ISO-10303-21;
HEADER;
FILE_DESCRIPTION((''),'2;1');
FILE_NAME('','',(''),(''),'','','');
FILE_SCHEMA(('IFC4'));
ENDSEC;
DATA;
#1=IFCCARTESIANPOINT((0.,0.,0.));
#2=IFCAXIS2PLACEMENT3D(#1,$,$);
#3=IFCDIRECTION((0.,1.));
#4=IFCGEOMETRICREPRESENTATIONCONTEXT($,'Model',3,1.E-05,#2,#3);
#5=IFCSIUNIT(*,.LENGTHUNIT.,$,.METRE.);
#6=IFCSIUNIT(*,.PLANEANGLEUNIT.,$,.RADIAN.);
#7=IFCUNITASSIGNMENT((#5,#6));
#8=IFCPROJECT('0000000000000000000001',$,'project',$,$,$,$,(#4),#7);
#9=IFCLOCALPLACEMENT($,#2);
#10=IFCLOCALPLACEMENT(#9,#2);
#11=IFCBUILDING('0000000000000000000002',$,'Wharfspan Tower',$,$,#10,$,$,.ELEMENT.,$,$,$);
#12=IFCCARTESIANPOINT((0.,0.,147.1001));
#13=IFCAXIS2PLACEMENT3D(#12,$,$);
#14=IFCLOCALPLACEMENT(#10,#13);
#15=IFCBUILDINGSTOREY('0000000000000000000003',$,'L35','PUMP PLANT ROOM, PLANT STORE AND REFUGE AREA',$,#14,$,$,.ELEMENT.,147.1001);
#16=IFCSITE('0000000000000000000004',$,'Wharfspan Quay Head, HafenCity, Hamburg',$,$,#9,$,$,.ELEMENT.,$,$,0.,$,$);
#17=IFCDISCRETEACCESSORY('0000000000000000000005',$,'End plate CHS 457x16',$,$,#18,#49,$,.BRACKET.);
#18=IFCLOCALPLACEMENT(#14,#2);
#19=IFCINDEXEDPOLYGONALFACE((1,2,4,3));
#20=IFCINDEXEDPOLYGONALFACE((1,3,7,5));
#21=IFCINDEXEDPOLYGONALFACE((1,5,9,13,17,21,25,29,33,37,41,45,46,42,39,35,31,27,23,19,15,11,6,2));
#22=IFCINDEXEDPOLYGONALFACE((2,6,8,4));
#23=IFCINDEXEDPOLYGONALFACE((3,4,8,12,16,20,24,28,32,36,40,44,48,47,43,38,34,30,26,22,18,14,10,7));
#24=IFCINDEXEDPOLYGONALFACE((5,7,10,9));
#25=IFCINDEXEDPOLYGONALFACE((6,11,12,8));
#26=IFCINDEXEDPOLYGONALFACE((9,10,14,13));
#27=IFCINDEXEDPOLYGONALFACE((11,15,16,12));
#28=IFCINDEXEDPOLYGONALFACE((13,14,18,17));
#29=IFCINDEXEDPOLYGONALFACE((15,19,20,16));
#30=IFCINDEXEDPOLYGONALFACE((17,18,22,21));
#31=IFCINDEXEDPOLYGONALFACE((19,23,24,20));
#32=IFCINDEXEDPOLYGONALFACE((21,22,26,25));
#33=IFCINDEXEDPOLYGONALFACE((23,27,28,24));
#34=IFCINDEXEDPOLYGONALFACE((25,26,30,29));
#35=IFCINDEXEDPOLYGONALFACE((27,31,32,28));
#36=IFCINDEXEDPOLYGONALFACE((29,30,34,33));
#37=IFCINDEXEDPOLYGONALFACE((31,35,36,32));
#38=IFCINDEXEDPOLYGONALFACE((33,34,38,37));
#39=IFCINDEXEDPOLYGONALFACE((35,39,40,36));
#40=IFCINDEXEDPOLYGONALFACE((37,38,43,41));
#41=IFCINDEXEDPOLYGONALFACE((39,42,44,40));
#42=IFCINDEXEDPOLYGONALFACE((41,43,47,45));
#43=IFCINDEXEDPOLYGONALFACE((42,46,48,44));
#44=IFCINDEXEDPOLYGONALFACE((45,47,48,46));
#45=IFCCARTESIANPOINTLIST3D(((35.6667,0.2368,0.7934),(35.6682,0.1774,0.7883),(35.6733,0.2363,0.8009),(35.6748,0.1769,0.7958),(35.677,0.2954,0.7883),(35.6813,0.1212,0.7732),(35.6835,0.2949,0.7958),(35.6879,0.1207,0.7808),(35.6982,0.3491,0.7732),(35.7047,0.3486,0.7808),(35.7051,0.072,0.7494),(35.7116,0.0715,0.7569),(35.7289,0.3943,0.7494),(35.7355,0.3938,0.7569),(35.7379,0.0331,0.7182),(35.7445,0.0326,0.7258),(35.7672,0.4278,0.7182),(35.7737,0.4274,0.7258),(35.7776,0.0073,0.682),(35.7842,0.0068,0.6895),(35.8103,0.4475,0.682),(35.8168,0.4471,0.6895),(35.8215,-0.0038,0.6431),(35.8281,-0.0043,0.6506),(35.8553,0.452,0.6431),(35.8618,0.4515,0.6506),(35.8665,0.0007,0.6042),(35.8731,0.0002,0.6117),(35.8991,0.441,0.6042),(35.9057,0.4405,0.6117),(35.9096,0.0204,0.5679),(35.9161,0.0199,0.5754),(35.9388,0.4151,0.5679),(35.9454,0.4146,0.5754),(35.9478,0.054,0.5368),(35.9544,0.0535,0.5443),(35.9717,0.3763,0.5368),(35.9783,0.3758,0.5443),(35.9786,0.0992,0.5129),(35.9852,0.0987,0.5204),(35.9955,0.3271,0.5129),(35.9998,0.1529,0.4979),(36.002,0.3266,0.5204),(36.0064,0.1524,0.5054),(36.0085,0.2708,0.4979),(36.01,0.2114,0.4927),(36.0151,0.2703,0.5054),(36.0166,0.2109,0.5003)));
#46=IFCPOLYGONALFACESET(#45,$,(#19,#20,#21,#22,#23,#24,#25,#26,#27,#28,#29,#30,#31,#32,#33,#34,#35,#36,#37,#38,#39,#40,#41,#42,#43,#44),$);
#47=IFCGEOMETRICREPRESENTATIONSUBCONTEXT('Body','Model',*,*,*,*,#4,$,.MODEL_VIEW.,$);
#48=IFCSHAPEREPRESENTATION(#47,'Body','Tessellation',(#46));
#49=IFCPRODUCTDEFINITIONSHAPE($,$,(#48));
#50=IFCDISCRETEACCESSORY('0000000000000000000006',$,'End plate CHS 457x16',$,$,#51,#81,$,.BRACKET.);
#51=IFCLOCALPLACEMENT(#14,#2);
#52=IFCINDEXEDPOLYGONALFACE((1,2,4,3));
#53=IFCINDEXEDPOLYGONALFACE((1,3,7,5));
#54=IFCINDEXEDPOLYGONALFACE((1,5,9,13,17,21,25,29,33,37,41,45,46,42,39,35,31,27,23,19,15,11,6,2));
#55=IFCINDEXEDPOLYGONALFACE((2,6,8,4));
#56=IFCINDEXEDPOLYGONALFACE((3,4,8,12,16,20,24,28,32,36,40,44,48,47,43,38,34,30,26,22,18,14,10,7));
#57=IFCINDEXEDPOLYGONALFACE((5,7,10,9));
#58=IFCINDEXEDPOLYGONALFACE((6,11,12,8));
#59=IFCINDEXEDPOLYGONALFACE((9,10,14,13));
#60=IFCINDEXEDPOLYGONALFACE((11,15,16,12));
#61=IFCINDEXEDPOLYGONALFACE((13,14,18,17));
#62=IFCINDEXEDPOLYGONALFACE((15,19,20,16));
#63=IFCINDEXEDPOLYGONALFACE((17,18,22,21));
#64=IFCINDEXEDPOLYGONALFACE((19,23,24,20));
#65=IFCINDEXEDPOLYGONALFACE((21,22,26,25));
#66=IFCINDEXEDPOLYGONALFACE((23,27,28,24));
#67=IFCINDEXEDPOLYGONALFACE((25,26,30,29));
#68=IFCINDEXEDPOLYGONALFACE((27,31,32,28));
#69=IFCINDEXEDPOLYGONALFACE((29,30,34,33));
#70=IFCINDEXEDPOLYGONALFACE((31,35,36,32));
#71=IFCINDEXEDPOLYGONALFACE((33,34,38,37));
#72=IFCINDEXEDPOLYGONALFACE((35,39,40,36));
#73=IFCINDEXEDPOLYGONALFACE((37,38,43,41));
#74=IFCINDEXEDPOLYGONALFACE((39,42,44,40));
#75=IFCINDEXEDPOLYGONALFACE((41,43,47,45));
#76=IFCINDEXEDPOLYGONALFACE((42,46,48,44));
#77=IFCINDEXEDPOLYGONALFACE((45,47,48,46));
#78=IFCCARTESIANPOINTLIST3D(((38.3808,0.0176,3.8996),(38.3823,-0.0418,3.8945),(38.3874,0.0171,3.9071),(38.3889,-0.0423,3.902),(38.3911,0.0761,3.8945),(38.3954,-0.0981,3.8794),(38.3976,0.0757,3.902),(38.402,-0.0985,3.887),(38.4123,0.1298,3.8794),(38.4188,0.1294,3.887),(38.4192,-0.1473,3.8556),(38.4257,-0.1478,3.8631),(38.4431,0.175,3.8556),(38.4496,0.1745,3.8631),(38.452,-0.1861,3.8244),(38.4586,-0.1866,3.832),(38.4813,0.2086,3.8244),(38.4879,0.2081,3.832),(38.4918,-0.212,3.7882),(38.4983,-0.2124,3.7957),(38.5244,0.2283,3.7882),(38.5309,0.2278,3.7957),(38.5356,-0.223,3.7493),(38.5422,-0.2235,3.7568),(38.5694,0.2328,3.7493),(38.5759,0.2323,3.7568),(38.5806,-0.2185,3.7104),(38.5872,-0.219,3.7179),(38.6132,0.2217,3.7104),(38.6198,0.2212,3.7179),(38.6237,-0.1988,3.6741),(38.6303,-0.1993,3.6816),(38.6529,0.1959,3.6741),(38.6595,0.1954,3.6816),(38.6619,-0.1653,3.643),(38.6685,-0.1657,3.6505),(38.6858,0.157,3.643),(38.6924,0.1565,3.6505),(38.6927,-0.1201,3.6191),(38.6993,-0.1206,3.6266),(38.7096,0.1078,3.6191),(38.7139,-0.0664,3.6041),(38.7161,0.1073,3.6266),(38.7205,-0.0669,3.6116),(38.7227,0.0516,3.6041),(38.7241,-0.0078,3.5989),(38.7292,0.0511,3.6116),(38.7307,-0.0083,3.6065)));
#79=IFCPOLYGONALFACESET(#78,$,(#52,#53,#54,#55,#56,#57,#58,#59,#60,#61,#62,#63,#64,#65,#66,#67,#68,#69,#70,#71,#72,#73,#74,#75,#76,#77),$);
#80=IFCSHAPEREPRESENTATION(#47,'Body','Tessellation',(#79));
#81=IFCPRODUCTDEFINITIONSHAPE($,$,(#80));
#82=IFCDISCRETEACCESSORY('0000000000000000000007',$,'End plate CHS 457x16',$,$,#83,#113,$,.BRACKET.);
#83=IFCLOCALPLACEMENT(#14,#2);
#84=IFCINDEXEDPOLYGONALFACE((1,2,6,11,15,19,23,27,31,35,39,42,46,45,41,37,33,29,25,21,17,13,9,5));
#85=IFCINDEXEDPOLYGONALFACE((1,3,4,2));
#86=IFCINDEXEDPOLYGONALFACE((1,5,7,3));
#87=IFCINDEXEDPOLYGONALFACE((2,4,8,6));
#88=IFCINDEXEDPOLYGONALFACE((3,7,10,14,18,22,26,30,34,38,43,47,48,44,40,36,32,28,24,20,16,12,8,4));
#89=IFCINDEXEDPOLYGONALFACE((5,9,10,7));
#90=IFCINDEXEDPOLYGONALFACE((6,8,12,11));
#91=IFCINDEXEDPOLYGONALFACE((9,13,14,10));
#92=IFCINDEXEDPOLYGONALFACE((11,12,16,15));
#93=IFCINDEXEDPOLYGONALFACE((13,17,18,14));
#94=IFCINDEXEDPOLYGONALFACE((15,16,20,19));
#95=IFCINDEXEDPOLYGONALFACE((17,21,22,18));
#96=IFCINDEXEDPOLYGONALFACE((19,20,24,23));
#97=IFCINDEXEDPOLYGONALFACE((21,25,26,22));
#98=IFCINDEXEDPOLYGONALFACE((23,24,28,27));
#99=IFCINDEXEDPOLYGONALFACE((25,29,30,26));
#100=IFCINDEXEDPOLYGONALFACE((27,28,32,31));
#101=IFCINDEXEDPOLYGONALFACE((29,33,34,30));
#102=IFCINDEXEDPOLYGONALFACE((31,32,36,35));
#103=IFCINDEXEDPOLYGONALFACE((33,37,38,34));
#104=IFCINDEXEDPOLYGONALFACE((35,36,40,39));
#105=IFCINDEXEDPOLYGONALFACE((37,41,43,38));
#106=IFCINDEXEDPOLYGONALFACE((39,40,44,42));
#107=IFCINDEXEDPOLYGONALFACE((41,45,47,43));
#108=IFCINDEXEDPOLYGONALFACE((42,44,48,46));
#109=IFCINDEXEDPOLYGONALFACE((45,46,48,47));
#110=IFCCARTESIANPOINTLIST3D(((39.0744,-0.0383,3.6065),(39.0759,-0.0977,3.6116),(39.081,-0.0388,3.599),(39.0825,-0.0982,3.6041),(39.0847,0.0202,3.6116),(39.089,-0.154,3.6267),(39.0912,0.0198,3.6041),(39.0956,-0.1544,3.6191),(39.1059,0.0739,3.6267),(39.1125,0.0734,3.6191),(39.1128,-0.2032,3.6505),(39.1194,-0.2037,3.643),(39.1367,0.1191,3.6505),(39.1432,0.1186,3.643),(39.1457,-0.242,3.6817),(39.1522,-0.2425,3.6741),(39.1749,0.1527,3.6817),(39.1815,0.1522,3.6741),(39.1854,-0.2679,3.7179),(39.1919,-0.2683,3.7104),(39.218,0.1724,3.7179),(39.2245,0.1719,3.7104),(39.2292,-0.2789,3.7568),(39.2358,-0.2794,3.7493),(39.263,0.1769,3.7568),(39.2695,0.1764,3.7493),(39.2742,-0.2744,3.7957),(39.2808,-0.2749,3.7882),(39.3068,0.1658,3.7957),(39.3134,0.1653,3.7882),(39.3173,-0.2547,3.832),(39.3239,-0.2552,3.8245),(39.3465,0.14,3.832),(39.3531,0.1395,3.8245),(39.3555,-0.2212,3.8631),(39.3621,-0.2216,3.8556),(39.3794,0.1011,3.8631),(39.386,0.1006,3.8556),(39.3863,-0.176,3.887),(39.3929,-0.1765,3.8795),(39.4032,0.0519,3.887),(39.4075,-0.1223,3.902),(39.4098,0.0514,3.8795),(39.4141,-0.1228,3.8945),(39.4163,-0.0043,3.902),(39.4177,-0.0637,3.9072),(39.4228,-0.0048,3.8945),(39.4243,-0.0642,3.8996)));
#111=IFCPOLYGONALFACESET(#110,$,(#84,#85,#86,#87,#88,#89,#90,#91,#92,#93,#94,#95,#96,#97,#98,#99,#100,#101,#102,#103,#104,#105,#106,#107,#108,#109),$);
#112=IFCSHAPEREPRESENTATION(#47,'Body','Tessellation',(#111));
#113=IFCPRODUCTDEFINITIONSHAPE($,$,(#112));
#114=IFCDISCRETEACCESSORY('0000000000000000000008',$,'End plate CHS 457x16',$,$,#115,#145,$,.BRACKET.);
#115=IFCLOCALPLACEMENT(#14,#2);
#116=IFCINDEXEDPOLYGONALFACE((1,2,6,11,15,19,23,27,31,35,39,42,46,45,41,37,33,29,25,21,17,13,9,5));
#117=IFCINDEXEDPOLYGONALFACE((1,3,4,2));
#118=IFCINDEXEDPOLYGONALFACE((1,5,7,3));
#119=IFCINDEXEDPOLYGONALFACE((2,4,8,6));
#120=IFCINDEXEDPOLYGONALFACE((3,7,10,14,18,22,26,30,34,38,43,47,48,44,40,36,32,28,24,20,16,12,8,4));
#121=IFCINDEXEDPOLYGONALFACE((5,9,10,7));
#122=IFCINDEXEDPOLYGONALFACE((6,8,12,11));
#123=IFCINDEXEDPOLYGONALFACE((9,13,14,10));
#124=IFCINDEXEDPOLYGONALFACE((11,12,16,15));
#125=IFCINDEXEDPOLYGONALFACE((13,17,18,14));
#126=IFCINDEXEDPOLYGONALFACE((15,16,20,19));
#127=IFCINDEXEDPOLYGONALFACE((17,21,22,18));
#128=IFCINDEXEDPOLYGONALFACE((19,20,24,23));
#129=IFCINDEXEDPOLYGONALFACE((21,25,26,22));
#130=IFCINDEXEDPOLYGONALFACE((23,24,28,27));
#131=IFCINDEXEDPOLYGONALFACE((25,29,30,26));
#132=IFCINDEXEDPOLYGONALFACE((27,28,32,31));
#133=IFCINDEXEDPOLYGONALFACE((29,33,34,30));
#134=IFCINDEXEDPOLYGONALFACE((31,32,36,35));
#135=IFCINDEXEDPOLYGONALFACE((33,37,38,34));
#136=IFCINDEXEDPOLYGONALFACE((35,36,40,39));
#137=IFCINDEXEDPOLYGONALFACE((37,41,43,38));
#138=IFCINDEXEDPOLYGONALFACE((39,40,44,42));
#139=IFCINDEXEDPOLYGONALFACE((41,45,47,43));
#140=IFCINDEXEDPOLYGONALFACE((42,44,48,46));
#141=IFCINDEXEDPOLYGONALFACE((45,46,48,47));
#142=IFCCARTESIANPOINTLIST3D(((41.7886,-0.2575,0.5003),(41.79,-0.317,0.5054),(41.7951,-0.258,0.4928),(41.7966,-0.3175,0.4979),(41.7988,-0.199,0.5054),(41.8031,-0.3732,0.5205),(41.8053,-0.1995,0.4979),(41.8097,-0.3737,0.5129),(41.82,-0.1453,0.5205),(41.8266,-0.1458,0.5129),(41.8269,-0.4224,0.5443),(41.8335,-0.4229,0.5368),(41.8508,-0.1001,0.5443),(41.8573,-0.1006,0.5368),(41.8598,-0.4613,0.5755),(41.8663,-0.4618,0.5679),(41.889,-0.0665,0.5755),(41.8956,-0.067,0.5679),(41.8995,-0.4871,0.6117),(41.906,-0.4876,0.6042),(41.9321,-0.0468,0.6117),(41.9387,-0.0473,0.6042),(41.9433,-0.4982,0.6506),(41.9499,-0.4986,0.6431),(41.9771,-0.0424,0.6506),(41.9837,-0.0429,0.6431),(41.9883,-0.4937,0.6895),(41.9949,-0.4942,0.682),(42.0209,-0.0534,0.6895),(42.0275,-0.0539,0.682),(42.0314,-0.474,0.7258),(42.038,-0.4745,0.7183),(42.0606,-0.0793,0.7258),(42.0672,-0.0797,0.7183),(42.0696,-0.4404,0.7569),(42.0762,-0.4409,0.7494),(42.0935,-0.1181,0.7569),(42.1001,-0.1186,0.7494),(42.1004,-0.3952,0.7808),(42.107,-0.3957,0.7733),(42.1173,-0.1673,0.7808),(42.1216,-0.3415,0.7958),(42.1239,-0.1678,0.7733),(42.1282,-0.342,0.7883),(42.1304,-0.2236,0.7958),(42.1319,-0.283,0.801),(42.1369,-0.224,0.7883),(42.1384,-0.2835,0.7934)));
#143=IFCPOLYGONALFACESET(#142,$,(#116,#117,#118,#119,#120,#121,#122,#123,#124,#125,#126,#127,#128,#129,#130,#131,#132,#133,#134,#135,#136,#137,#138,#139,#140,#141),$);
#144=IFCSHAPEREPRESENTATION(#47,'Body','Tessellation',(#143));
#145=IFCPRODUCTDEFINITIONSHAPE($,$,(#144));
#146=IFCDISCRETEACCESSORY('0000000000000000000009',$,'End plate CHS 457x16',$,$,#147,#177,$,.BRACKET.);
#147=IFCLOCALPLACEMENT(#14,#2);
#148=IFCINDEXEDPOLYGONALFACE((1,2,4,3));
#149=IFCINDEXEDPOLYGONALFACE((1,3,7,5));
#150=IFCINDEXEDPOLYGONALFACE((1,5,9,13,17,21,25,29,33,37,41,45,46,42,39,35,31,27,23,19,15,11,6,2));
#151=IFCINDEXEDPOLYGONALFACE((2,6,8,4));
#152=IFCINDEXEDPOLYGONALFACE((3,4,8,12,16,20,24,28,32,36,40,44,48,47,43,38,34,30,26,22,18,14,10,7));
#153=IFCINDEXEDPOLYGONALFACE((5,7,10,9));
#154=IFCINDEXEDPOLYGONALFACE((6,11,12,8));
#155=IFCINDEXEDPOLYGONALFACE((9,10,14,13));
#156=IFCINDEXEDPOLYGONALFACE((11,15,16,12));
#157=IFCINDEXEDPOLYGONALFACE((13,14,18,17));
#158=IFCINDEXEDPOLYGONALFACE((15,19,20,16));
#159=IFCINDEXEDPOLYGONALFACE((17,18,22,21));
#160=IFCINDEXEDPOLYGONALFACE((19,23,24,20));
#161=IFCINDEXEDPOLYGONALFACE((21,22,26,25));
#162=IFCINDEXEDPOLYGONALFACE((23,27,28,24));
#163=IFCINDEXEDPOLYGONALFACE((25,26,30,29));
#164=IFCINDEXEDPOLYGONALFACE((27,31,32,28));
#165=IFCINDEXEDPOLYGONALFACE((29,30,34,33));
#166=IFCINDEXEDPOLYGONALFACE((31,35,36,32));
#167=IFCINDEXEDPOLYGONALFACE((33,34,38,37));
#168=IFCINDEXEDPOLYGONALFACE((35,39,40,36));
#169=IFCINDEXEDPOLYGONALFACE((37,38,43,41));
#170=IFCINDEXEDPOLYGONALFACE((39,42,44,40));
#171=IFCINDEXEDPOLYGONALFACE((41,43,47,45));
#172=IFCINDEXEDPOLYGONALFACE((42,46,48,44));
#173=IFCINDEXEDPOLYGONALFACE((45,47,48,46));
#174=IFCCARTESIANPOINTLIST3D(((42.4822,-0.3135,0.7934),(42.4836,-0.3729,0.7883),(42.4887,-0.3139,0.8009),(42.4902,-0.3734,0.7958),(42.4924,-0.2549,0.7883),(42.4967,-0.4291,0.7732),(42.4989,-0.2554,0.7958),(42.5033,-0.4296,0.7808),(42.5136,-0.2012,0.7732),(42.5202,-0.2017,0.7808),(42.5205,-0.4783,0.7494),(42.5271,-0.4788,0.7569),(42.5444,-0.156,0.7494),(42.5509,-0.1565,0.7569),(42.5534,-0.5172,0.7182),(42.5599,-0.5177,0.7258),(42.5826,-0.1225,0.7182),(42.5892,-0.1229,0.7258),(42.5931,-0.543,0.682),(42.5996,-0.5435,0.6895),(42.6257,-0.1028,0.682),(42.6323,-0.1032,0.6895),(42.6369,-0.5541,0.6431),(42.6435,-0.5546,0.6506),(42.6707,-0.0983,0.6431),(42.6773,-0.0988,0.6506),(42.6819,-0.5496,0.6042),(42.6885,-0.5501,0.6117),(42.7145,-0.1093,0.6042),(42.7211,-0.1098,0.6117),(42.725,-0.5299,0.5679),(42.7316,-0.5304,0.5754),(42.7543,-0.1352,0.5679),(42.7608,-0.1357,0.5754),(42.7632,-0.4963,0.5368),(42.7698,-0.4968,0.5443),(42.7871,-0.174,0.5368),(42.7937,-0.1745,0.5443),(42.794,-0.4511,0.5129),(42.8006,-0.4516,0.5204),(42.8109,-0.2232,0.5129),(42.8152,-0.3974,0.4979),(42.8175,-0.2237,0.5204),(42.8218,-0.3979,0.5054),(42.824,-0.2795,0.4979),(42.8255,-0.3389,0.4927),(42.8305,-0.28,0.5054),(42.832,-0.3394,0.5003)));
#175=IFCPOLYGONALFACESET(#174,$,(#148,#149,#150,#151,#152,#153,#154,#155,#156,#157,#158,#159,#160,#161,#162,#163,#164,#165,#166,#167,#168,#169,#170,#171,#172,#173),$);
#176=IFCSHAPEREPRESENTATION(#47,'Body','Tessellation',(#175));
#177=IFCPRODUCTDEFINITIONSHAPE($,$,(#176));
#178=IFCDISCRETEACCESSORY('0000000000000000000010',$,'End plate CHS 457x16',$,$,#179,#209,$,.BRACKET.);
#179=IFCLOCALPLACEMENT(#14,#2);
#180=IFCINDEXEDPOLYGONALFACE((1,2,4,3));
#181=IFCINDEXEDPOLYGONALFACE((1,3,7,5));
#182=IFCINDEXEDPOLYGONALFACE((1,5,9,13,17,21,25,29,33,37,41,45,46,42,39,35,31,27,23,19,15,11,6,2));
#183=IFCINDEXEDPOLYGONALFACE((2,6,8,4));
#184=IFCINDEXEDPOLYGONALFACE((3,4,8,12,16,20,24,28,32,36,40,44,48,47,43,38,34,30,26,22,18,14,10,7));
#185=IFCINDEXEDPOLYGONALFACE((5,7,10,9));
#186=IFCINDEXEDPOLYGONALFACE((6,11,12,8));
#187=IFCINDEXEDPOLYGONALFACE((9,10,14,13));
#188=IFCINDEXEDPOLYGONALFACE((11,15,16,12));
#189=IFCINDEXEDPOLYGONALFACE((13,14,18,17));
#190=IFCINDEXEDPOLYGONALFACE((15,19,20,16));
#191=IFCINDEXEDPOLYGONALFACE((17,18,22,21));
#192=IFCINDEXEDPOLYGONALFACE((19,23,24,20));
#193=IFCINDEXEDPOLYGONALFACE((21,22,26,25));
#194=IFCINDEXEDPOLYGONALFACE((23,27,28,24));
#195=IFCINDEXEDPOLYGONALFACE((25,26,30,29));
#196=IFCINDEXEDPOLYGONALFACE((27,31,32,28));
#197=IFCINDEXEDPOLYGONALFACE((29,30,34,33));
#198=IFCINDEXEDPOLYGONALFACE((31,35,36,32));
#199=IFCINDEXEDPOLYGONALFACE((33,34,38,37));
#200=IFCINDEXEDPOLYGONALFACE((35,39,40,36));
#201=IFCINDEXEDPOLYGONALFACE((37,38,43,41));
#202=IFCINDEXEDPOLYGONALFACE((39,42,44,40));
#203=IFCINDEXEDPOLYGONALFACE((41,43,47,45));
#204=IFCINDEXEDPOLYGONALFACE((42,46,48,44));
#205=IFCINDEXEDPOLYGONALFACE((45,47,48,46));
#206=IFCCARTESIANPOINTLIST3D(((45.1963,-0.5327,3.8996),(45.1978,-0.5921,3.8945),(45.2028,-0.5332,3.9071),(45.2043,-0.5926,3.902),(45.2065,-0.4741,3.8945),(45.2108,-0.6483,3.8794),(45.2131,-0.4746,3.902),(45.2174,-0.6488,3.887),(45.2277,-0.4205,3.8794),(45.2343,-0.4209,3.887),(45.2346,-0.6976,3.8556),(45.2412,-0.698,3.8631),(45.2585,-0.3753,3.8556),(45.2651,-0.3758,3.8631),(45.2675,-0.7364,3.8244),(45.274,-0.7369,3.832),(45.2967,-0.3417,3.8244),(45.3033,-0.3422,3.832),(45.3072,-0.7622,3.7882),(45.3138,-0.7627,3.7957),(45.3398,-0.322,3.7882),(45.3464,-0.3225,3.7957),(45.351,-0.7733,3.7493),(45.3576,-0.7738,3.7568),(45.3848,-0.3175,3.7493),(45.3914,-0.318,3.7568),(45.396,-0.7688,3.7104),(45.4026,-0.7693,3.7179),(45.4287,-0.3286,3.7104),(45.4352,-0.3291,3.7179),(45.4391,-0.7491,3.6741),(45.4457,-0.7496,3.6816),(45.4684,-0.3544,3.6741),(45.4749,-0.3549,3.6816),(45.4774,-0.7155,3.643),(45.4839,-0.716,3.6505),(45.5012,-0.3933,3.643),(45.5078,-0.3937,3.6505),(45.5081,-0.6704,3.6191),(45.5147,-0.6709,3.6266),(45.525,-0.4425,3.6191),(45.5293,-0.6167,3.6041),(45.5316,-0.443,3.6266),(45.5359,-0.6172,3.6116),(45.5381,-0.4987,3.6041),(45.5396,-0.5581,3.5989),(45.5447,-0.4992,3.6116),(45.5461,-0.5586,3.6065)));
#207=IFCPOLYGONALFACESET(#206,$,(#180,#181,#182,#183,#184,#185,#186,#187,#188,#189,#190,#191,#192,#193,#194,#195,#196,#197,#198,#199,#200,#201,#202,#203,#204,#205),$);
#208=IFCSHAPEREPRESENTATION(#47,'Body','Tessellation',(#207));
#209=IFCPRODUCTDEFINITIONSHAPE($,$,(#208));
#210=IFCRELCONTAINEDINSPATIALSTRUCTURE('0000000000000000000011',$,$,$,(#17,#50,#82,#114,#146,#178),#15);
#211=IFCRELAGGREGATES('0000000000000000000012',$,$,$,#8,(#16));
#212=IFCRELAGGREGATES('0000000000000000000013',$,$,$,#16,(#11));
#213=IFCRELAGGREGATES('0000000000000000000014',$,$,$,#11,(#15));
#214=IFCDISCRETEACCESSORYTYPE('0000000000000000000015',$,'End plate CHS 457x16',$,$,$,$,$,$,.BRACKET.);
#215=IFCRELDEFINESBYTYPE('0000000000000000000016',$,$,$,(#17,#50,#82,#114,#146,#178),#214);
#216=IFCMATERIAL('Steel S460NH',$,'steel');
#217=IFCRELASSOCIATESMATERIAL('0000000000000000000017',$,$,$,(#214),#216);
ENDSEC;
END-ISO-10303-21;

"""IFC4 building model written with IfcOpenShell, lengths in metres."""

from ifc_helpers import new_model, si_unit, direction, frame, origin, origin_2d, place, context, subcontext, project, spatial, circle, extrude, material, material_profile, profile_set, type_object, element, save


model = new_model("IFC4")

# Units and contexts
model_context = context("Model", 3, precision=1e-05, world=origin(), true_north=direction((0.0, 1.0)))
body_context = subcontext(model_context, "Body", "Model", "MODEL_VIEW")
ifc_project = project(units=[si_unit("LENGTHUNIT", "METRE"), si_unit("PLANEANGLEUNIT", "RADIAN")], contexts=[model_context])

# Site, building, storey
site_placement = place(None, origin())
site = spatial("IfcSite", under=ifc_project, at=site_placement, Name="Wharfspan Quay Head, HafenCity, Hamburg", CompositionType="ELEMENT", RefElevation=0.0)
building_placement = place(site_placement, origin())
building = spatial("IfcBuilding", under=site, at=building_placement, Name="Wharfspan Tower", CompositionType="ELEMENT")
storey_placement = place(building_placement, frame((0.0, 0.0, 147.1001)))
storey = spatial("IfcBuildingStorey", under=building, at=storey_placement, Name="L35", Description="PUMP PLANT ROOM, PLANT STORE AND REFUGE AREA", CompositionType="ELEMENT", Elevation=147.1001)

# Shared definitions
ifc_material_1 = material(Name="Steel S460NH", Category="steel")

# Discrete accessories
ifc_material_profile_1 = material_profile(ifc_material_1, circle(Radius=0.2285, at=origin_2d()))
ifc_profile_set_1 = profile_set([ifc_material_profile_1], Name="Steel S460NH")
discrete_accessory_type_1 = type_object("IfcDiscreteAccessoryType", Name="End plate CHS 457x16", PredefinedType="BRACKET", material=ifc_profile_set_1)
for number, where, z_axis, x_axis, name in (
    (1, (35.8384, 0.2241, 0.6431), (0.656005, -0.048593, 0.753191), (0.073872, 0.997271, 0.0), "End plate CHS 457x16"),
    (2, (38.5525, 0.0049, 3.7493), (0.656005, -0.048593, 0.753191), (0.073872, 0.997271, 0.0), "End plate CHS 457x16"),
    (3, (39.2461, -0.051, 3.7568), (0.656005, -0.048593, -0.753191), (0.073872, 0.997271, 0.0), "End plate CHS 457x16"),
    (4, (41.9602, -0.2703, 0.6506), (0.656005, -0.048593, -0.753191), (0.073872, 0.997271, 0.0), "End plate CHS 457x16"),
    (5, (42.6538, -0.3262, 0.6431), (0.656005, -0.048593, 0.753191), (0.073872, 0.997271, 0.0), "End plate CHS 457x16"),
    (6, (45.3679, -0.5454, 3.7493), (0.656005, -0.048593, 0.753191), (0.073872, 0.997271, 0.0), "End plate CHS 457x16"),
):
    element("IfcDiscreteAccessory", number, at=place(storey_placement, frame(where, z_axis=z_axis, x_axis=x_axis)), inside=storey, type_object=discrete_accessory_type_1, Name=name, PredefinedType="BRACKET", context=body_context, shape_type="SweptSolid", body=[
        extrude(circle(Radius=0.2285, at=origin_2d()), origin(), (0.0, 0.0, 1.0), 0.01),
    ])

save(model, "model.ifc")
